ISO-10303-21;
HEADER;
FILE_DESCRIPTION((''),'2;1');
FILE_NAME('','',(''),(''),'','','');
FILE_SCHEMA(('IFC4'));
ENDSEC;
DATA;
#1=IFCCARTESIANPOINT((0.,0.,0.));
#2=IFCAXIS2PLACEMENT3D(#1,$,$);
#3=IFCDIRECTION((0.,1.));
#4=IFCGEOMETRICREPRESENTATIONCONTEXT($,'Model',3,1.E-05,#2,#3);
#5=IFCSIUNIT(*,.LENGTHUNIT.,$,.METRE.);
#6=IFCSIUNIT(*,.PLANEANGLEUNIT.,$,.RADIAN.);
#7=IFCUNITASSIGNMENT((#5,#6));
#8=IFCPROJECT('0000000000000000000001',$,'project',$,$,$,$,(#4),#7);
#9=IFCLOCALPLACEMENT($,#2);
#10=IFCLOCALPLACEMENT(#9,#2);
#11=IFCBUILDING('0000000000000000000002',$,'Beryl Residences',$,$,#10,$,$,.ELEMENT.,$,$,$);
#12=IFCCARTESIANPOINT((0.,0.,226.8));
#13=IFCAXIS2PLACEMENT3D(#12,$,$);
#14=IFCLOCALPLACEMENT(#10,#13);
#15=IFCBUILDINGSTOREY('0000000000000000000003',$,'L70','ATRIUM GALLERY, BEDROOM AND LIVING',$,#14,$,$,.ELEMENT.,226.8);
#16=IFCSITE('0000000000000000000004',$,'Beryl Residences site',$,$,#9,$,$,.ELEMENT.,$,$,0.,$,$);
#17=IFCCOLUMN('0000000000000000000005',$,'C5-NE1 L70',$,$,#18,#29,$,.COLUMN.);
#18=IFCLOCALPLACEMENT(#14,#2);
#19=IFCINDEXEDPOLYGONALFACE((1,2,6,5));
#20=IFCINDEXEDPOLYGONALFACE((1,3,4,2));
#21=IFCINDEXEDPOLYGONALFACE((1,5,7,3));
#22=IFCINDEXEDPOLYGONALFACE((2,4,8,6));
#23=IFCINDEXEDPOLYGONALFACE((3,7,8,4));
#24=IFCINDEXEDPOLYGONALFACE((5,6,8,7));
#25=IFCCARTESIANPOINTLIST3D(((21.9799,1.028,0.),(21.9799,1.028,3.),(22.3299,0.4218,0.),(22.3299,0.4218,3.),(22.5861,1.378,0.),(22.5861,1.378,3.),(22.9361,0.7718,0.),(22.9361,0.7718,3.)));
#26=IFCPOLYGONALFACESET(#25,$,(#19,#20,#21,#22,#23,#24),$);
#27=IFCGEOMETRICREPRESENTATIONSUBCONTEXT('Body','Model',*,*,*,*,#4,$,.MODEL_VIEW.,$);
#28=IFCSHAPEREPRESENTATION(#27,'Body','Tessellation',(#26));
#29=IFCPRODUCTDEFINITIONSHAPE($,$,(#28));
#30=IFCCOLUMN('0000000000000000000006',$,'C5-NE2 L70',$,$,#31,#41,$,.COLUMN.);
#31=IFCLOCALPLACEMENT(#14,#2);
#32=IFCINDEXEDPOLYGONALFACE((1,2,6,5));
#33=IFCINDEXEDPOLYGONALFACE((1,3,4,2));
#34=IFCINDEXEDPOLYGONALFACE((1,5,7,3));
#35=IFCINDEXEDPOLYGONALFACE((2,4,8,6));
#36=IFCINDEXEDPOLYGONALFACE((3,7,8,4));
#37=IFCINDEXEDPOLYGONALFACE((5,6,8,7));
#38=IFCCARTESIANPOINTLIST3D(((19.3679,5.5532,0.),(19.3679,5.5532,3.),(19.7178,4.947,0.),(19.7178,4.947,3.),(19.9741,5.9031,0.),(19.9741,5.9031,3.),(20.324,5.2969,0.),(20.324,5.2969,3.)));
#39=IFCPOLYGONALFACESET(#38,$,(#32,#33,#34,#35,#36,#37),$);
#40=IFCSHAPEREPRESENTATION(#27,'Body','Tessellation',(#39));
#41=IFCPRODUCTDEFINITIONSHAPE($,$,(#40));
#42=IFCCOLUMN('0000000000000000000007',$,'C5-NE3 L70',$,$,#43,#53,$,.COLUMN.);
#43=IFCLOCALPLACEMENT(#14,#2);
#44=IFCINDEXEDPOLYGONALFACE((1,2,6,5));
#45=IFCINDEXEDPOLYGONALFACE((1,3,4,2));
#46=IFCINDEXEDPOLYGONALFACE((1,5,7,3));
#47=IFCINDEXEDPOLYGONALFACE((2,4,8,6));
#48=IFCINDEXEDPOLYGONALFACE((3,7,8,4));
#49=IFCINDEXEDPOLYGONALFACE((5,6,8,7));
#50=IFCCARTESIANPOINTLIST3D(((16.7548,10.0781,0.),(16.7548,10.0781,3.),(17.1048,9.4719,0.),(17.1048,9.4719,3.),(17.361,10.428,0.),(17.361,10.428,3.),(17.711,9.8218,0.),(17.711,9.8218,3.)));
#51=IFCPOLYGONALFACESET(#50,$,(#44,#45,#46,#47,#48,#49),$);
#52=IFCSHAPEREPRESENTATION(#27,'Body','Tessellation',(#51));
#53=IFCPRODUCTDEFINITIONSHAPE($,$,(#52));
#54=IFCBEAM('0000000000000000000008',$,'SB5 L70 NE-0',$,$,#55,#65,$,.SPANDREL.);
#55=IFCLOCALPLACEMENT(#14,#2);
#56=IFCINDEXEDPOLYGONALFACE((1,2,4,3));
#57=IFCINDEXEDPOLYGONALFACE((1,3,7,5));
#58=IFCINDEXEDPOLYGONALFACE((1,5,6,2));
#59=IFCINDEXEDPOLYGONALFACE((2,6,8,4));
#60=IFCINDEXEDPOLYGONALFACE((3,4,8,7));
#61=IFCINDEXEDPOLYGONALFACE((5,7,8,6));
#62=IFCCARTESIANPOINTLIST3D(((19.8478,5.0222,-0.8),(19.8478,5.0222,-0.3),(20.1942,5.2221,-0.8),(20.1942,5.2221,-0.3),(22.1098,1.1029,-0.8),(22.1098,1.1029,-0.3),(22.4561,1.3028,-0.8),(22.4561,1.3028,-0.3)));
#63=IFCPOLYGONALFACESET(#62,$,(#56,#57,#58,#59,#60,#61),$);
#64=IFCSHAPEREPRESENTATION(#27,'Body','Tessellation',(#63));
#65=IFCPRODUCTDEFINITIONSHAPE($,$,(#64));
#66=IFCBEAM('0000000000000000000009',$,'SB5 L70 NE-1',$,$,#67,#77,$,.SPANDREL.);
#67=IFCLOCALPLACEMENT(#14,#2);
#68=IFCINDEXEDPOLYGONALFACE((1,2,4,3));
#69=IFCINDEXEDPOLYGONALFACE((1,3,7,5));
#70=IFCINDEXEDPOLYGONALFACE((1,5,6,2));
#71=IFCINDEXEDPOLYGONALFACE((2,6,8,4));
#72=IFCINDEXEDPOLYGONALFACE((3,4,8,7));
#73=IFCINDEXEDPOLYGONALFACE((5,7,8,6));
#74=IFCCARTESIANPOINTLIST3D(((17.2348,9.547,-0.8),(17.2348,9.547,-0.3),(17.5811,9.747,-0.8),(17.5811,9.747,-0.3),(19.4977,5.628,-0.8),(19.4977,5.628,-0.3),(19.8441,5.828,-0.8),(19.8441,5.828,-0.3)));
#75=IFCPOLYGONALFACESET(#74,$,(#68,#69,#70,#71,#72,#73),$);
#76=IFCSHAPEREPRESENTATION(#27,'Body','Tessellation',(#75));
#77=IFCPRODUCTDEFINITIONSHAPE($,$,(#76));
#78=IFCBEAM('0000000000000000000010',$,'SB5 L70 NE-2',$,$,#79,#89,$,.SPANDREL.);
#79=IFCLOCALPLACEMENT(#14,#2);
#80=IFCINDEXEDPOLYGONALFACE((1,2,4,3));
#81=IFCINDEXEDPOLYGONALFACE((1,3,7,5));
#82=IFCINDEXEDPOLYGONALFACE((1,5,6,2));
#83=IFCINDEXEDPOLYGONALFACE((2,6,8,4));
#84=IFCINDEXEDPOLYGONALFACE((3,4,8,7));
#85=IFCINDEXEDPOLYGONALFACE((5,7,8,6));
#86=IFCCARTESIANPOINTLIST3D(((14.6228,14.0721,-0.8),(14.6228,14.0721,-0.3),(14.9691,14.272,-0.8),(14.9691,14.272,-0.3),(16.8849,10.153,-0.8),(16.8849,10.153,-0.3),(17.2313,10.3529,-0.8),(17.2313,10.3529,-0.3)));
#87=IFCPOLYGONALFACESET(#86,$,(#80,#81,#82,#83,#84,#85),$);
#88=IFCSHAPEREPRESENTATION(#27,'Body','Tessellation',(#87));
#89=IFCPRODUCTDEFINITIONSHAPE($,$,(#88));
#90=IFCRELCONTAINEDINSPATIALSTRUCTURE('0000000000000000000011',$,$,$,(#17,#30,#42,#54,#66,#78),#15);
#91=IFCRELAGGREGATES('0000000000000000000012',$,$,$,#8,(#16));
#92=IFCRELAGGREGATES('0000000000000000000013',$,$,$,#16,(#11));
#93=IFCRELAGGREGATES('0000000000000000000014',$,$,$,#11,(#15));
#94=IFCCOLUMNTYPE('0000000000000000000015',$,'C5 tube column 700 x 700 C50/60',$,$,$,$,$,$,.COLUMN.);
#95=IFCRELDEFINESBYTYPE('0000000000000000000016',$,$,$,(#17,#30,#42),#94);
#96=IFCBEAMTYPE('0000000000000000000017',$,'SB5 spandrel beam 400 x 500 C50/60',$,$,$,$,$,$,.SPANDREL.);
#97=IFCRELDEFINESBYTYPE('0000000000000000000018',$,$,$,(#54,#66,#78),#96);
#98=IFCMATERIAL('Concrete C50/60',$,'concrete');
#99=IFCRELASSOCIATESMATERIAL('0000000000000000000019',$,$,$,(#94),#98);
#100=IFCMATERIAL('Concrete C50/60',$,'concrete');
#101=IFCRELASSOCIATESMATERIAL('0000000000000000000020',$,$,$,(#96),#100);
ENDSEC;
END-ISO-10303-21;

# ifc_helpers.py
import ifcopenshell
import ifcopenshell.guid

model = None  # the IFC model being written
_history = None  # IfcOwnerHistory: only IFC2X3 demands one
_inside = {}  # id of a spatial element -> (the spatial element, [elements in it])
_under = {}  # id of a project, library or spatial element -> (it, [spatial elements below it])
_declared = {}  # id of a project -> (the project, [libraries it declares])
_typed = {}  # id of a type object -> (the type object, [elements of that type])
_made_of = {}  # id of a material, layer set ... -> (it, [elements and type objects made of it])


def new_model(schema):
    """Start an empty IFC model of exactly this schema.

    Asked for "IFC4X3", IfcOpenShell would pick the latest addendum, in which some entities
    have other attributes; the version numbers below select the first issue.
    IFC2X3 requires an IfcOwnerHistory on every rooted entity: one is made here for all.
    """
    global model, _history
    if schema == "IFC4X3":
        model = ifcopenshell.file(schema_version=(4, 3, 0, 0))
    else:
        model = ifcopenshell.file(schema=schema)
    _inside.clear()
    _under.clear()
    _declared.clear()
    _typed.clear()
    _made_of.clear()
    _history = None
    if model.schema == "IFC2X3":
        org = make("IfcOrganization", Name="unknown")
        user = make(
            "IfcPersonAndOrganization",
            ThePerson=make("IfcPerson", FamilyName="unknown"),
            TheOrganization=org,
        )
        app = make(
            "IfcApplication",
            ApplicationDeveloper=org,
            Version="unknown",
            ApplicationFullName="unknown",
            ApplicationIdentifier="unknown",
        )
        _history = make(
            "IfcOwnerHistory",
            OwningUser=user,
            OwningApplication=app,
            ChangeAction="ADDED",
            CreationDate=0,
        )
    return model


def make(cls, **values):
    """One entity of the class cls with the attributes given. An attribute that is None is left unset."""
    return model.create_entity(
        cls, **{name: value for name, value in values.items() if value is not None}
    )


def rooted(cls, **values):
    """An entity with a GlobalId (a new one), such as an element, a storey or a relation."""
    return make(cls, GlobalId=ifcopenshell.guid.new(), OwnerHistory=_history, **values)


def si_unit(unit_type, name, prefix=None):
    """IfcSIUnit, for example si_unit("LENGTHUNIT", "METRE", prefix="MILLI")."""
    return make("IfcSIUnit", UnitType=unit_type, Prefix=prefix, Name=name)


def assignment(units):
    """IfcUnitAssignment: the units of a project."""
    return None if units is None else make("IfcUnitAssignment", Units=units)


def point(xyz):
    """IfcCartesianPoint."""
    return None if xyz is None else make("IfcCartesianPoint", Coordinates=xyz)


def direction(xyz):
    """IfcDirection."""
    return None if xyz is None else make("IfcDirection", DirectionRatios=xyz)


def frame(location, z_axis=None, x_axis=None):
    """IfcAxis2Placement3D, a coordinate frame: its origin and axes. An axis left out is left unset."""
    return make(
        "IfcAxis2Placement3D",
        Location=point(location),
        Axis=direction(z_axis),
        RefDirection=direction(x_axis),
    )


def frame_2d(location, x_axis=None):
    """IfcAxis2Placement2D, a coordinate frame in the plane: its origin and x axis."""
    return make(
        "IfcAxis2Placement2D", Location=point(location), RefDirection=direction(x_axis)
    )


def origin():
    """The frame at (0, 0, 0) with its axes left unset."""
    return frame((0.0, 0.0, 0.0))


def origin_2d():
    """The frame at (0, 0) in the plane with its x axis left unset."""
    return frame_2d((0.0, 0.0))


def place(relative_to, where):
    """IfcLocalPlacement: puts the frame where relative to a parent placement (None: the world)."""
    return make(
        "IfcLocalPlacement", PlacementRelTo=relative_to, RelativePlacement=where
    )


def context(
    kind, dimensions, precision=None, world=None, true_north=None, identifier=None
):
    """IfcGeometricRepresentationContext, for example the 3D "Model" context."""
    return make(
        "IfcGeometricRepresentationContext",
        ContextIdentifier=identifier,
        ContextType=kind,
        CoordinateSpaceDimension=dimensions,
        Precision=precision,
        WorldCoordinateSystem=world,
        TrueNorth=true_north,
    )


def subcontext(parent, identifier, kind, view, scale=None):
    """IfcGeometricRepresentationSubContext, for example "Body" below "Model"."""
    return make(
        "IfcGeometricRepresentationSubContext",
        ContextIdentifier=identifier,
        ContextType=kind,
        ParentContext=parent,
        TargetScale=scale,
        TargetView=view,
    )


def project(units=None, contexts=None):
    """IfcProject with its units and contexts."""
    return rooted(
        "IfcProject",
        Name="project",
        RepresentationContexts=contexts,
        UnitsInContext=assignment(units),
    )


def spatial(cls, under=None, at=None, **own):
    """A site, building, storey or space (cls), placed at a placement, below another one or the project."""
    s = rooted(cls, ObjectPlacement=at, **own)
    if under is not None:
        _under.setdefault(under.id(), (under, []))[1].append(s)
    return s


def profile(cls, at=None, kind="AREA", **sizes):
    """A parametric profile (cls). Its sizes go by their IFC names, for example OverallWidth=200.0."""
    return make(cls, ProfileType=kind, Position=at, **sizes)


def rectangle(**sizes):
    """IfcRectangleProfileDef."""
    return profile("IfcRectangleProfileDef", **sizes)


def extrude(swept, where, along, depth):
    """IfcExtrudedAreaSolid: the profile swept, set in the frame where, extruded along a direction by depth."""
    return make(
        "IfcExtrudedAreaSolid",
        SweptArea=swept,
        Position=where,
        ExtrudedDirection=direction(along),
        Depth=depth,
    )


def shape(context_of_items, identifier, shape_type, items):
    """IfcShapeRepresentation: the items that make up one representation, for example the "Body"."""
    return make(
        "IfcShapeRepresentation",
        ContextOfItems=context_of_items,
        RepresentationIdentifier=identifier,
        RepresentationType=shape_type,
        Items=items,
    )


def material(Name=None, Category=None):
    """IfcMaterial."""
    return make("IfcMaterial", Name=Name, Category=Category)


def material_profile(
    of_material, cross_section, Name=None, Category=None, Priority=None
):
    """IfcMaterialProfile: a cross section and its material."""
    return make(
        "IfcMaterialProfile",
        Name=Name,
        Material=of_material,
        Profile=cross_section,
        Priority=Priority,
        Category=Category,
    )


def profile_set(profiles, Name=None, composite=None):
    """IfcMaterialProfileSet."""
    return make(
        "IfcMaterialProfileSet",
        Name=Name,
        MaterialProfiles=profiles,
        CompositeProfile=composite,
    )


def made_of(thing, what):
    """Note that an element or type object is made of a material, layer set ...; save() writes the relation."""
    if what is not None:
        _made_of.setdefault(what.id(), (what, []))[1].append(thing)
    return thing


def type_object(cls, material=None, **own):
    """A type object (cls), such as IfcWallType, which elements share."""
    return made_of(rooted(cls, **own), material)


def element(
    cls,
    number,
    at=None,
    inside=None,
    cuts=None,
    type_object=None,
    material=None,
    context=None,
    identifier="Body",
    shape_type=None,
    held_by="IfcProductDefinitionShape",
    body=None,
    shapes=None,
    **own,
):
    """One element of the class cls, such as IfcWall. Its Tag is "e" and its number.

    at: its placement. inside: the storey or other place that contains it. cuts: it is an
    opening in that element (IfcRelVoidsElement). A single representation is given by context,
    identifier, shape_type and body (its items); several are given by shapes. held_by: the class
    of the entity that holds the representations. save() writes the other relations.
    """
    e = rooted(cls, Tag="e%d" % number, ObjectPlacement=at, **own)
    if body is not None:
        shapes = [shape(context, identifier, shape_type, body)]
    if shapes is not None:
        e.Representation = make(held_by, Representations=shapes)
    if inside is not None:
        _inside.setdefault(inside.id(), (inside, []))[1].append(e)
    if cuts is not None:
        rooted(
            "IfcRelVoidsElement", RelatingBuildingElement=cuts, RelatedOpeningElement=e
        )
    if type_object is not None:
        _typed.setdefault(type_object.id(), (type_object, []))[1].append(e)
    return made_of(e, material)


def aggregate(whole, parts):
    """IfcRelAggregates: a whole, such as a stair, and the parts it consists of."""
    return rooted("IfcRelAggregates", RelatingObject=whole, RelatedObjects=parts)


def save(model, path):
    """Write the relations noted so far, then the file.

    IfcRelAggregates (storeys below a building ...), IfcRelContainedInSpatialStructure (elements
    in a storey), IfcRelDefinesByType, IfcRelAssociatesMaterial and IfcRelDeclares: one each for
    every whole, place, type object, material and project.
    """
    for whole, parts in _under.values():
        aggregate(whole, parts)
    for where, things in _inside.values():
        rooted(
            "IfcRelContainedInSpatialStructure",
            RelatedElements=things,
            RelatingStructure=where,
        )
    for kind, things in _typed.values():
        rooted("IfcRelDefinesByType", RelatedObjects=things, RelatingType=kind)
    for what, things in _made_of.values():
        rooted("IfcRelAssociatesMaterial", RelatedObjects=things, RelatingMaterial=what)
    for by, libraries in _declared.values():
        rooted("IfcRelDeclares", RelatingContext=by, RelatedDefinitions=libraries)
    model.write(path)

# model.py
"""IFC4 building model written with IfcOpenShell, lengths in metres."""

from ifc_helpers import new_model, si_unit, direction, frame, origin, origin_2d, place, context, subcontext, project, spatial, rectangle, extrude, material, material_profile, profile_set, type_object, element, save


model = new_model("IFC4")

# Units and contexts
model_context = context("Model", 3, precision=1e-05, world=origin(), true_north=direction((0.0, 1.0)))
body_context = subcontext(model_context, "Body", "Model", "MODEL_VIEW")
ifc_project = project(units=[si_unit("LENGTHUNIT", "METRE"), si_unit("PLANEANGLEUNIT", "RADIAN")], contexts=[model_context])

# Site, building, storey
site_placement = place(None, origin())
site = spatial("IfcSite", under=ifc_project, at=site_placement, Name="Beryl Residences site", CompositionType="ELEMENT", RefElevation=0.0)
building_placement = place(site_placement, origin())
building = spatial("IfcBuilding", under=site, at=building_placement, Name="Beryl Residences", CompositionType="ELEMENT")
storey_placement = place(building_placement, frame((0.0, 0.0, 226.8)))
storey = spatial("IfcBuildingStorey", under=building, at=storey_placement, Name="L70", Description="ATRIUM GALLERY, BEDROOM AND LIVING", CompositionType="ELEMENT", Elevation=226.8)

# Columns
ifc_material_1 = material(Name="Concrete C50/60", Category="concrete")
ifc_material_profile_1 = material_profile(ifc_material_1, rectangle(XDim=0.7, YDim=0.7, at=origin_2d()))
ifc_profile_set_1 = profile_set([ifc_material_profile_1], Name="Concrete C50/60")
column_type = type_object("IfcColumnType", Name="C5 tube column 700 x 700 C50/60", PredefinedType="COLUMN", material=ifc_profile_set_1)
for number, where, z_axis, x_axis, name in (
    (1, (22.458, 0.8999, 0.0), (0.0, 0.0, 1.0), (-0.49997, 0.866043, 0.0), "C5-NE1 L70"),
    (2, (19.8459, 5.425, 0.0), (0.0, 0.0, 1.0), (-0.49997, 0.866043, 0.0), "C5-NE2 L70"),
    (3, (17.2329, 9.95, 0.0), (0.0, 0.0, 1.0), (-0.49997, 0.866043, 0.0), "C5-NE3 L70"),
):
    element("IfcColumn", number, at=place(storey_placement, frame(where, z_axis=z_axis, x_axis=x_axis)), inside=storey, type_object=column_type, Name=name, PredefinedType="COLUMN", context=body_context, shape_type="SweptSolid", body=[
        extrude(rectangle(XDim=0.7, YDim=0.7, at=origin_2d()), origin(), (0.0, 0.0, 1.0), 3.0),
    ])

# Beams
ifc_material_2 = material(Name="Concrete C50/60", Category="concrete")
ifc_material_profile_2 = material_profile(ifc_material_2, rectangle(XDim=0.3999, YDim=0.5, at=origin_2d()))
ifc_profile_set_2 = profile_set([ifc_material_profile_2], Name="Concrete C50/60")
beam_type = type_object("IfcBeamType", Name="SB5 spandrel beam 400 x 500 C50/60", PredefinedType="SPANDREL", material=ifc_profile_set_2)
beam_1_placement = place(storey_placement, frame((22.283, 1.2029, -0.55), z_axis=(-0.49987, 0.8661, 0.0), x_axis=(-0.8661, -0.49987, 0.0)))
element("IfcBeam", 4, at=beam_1_placement, inside=storey, type_object=beam_type, Name="SB5 L70 NE-0", PredefinedType="SPANDREL", context=body_context, shape_type="SweptSolid", body=[
    extrude(rectangle(XDim=0.3999, YDim=0.5, at=origin_2d()), origin(), (0.0, 0.0, 1.0), 4.5251),
])
beam_2_placement = place(storey_placement, frame((19.6709, 5.728, -0.55), z_axis=(-0.500056, 0.865993, 0.0), x_axis=(-0.865993, -0.500056, 0.0)))
element("IfcBeam", 5, at=beam_2_placement, inside=storey, type_object=beam_type, Name="SB5 L70 NE-1", PredefinedType="SPANDREL", context=body_context, shape_type="SweptSolid", body=[
    extrude(rectangle(XDim=0.3999, YDim=0.5, at=origin_2d()), origin(), (0.0, 0.0, 1.0), 4.5254),
])
beam_3_placement = place(storey_placement, frame((17.0581, 10.2529, -0.55), z_axis=(-0.499911, 0.866077, 0.0), x_axis=(-0.866077, -0.499911, 0.0)))
element("IfcBeam", 6, at=beam_3_placement, inside=storey, type_object=beam_type, Name="SB5 L70 NE-2", PredefinedType="SPANDREL", context=body_context, shape_type="SweptSolid", body=[
    extrude(rectangle(XDim=0.3999, YDim=0.5, at=origin_2d()), origin(), (0.0, 0.0, 1.0), 4.5251),
])

save(model, "model.ifc")
